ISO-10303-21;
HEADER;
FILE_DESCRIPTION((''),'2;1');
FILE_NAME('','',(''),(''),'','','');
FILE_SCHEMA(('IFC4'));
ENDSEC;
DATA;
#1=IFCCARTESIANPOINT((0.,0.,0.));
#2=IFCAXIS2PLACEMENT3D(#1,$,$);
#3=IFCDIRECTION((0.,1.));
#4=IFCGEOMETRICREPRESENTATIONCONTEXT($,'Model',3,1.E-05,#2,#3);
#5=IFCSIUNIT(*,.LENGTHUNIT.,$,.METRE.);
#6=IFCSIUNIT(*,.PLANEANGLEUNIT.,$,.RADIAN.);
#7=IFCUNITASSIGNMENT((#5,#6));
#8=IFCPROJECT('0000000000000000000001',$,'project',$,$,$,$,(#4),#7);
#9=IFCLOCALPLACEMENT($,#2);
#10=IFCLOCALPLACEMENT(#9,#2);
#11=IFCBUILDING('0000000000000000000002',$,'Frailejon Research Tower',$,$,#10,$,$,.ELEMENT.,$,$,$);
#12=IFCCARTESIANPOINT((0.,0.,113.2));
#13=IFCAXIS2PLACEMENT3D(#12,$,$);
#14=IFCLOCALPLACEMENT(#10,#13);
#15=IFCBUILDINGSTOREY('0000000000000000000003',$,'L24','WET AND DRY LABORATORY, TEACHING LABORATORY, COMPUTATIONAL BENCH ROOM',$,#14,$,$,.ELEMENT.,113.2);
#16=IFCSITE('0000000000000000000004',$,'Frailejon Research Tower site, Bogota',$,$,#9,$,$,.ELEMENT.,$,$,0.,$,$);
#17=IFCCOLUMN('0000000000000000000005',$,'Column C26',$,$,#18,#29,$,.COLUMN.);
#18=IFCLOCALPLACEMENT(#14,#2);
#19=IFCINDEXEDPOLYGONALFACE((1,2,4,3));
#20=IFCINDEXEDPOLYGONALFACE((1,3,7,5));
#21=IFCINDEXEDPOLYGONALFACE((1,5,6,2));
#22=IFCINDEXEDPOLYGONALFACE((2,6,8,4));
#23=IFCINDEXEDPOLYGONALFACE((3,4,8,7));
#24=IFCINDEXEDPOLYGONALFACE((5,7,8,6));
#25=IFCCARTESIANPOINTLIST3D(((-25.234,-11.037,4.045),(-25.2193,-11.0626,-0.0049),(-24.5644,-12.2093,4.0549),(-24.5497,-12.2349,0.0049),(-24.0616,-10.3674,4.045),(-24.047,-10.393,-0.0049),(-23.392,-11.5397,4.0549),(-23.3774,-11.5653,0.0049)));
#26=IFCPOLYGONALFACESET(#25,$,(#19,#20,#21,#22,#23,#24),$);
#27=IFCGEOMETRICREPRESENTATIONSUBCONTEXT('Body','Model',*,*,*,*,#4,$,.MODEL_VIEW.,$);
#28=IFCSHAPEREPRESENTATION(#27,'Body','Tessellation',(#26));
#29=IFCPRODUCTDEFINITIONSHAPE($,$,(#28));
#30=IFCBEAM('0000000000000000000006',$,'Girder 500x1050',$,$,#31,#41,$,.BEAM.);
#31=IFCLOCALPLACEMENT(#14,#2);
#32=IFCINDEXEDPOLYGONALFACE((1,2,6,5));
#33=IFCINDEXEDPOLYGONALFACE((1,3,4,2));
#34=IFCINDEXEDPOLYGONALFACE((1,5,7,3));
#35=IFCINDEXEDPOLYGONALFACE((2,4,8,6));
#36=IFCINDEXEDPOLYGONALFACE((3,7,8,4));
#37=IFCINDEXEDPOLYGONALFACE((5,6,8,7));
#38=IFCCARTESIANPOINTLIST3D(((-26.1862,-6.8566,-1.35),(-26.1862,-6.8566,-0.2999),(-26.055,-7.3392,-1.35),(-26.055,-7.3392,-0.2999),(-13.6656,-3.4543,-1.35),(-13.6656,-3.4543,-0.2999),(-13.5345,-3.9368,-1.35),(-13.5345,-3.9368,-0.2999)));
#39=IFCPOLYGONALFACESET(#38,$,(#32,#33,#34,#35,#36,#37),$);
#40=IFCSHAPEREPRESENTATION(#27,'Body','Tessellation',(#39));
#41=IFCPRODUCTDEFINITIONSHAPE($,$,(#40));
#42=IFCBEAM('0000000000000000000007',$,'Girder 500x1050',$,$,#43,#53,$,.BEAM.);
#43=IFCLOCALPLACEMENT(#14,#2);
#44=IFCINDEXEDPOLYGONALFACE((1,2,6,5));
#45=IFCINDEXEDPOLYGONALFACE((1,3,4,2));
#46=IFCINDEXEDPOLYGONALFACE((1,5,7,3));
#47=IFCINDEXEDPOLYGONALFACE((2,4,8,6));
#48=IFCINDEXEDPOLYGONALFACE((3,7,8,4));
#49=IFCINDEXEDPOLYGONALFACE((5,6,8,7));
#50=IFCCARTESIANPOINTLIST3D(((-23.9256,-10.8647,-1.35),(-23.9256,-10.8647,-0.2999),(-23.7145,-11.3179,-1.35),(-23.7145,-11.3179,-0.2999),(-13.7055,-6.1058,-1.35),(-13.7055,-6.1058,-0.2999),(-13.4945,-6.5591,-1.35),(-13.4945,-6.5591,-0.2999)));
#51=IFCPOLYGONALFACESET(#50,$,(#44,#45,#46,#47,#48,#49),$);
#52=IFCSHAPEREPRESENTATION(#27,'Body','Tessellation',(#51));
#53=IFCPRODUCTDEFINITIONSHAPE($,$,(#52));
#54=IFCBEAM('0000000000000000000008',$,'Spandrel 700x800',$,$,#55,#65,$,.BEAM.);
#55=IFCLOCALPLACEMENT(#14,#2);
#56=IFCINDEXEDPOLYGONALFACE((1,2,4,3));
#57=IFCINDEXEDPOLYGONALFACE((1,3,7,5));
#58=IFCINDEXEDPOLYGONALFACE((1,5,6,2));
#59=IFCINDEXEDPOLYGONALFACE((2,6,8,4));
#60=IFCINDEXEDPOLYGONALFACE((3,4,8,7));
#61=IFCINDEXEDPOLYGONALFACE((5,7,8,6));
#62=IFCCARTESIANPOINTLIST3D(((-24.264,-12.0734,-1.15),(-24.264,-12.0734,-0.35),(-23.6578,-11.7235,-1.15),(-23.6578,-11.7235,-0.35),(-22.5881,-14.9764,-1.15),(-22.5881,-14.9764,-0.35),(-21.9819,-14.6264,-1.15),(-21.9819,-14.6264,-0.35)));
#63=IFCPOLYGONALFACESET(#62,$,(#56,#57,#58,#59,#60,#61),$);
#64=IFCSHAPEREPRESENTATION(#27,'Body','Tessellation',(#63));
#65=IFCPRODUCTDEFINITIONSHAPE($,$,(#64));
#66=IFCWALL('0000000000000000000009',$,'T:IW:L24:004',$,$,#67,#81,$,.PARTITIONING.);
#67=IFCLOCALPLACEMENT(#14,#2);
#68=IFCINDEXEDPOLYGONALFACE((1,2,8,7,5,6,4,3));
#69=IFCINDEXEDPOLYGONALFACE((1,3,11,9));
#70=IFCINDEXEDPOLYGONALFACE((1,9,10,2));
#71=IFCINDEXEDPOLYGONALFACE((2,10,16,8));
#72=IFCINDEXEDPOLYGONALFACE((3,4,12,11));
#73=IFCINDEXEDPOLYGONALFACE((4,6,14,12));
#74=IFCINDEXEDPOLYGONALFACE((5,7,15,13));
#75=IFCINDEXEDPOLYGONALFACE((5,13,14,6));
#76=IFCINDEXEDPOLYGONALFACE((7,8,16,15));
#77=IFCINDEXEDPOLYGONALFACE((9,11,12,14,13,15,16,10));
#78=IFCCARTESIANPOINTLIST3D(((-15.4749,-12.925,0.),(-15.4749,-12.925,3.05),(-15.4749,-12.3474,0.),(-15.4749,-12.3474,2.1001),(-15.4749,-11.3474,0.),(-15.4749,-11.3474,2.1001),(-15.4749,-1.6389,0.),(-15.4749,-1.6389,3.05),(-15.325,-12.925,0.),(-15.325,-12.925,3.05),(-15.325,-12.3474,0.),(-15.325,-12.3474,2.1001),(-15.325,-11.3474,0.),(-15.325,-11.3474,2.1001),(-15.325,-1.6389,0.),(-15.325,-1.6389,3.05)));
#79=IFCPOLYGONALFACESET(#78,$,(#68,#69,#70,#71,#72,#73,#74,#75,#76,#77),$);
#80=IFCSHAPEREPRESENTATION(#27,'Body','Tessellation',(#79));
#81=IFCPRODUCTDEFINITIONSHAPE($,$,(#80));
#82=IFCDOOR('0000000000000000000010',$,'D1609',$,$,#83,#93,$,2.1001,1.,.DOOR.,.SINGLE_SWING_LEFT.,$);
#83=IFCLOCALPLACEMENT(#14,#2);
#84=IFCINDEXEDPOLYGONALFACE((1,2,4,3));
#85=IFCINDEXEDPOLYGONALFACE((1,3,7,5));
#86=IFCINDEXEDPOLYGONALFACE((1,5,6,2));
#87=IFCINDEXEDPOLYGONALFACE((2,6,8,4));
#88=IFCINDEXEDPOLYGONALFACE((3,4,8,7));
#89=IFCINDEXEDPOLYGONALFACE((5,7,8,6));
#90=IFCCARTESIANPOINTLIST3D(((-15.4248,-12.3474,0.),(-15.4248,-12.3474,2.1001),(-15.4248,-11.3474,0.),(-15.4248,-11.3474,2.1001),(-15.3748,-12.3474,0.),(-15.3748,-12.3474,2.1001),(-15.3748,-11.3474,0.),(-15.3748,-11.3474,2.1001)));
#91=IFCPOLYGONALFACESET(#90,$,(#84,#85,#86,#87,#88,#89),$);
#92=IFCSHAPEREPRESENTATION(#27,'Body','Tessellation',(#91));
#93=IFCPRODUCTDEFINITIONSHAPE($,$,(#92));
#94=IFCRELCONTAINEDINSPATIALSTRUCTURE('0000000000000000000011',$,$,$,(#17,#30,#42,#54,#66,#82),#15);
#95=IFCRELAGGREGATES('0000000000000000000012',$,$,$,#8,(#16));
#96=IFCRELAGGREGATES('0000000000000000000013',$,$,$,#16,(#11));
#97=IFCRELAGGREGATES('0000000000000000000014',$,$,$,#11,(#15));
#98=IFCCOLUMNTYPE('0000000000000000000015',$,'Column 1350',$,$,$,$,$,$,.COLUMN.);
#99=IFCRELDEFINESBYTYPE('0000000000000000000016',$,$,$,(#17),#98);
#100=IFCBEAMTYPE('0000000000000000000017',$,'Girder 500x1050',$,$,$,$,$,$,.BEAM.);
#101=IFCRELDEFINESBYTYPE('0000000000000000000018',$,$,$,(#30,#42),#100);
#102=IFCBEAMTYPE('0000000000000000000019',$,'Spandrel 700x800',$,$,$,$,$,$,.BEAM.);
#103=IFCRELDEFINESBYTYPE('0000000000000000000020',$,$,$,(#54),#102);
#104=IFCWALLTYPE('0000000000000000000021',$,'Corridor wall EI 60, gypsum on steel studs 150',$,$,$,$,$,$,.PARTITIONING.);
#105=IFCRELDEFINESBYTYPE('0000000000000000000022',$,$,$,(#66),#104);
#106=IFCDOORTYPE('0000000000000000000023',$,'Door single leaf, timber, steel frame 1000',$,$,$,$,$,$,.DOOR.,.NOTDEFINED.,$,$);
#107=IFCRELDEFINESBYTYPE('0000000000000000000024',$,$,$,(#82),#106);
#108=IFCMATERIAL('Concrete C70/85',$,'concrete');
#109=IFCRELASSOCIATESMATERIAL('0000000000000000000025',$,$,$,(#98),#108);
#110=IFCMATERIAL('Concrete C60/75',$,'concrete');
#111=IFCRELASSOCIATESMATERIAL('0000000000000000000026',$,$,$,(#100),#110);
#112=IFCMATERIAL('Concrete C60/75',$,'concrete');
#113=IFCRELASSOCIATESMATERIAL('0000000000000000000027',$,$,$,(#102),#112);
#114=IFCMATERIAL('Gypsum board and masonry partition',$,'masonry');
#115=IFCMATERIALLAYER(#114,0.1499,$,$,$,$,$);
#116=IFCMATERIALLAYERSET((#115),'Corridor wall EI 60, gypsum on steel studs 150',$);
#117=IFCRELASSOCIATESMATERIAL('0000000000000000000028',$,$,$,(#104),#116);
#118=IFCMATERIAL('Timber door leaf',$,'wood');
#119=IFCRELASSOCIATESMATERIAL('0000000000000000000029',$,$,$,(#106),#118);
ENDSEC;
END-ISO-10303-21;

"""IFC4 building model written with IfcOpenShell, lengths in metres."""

from ifc_helpers import new_model, si_unit, direction, frame, frame_2d, origin, origin_2d, place, context, subcontext, project, spatial, rectangle, extrude, material, layer, layer_set, material_profile, profile_set, type_object, element, fill, save


model = new_model("IFC4")

# Units and contexts
model_context = context("Model", 3, precision=1e-05, world=origin(), true_north=direction((0.0, 1.0)))
body_context = subcontext(model_context, "Body", "Model", "MODEL_VIEW")
ifc_project = project(units=[si_unit("LENGTHUNIT", "METRE"), si_unit("PLANEANGLEUNIT", "RADIAN")], contexts=[model_context])

# Site, building, storey
site_placement = place(None, origin())
site = spatial("IfcSite", under=ifc_project, at=site_placement, Name="Frailejon Research Tower site, Bogota", CompositionType="ELEMENT", RefElevation=0.0)
building_placement = place(site_placement, origin())
building = spatial("IfcBuilding", under=site, at=building_placement, Name="Frailejon Research Tower", CompositionType="ELEMENT")
storey_placement = place(building_placement, frame((0.0, 0.0, 113.2)))
storey = spatial("IfcBuildingStorey", under=building, at=storey_placement, Name="L24", Description="WET AND DRY LABORATORY, TEACHING LABORATORY, COMPUTATIONAL BENCH ROOM", CompositionType="ELEMENT", Elevation=113.2)

# Column
ifc_material_1 = material(Name="Concrete C70/85", Category="concrete")
ifc_material_profile_1 = material_profile(ifc_material_1, rectangle(XDim=1.3501, YDim=1.3501, at=origin_2d()), Name="Column 1350")
ifc_profile_set_1 = profile_set([ifc_material_profile_1], Name="Concrete C70/85")
column_type = type_object("IfcColumnType", Name="Column 1350", PredefinedType="COLUMN", material=ifc_profile_set_1)
column_placement = place(storey_placement, frame((-24.2983, -11.314, 0.0), z_axis=(-0.003617, 0.006329, 0.999973), x_axis=(0.495951, -0.86832, 0.00729)))
element("IfcColumn", 1, at=column_placement, inside=storey, type_object=column_type, Name="Column C26", PredefinedType="COLUMN", context=body_context, shape_type="SweptSolid", body=[
    extrude(rectangle(XDim=1.3501, YDim=1.3501, at=origin_2d()), origin(), (0.0, 0.0, 1.0), 4.05),
])

# Beams
ifc_material_2 = material(Name="Concrete C60/75", Category="concrete")
ifc_material_profile_2 = material_profile(ifc_material_2, rectangle(XDim=0.5, YDim=1.05, at=origin_2d()), Name="Girder 500x1050")
ifc_profile_set_2 = profile_set([ifc_material_profile_2], Name="Concrete C60/75")
beam_type_1 = type_object("IfcBeamType", Name="Girder 500x1050", PredefinedType="BEAM", material=ifc_profile_set_2)
beam_1_placement = place(storey_placement, frame((-26.1206, -7.0979, -0.825), z_axis=(0.965005, 0.262232, 0.0), x_axis=(-0.262232, 0.965005, 0.0)))
element("IfcBeam", 2, at=beam_1_placement, inside=storey, type_object=beam_type_1, Name="Girder 500x1050", PredefinedType="BEAM", context=body_context, shape_type="SweptSolid", body=[
    extrude(rectangle(XDim=0.5, YDim=1.05, at=origin_2d()), origin(), (0.0, 0.0, 1.0), 12.9746),
])
beam_2_placement = place(storey_placement, frame((-23.8201, -11.0913, -0.825), z_axis=(0.906541, 0.422118, 0.0), x_axis=(-0.422118, 0.906541, 0.0)))
element("IfcBeam", 3, at=beam_2_placement, inside=storey, type_object=beam_type_1, Name="Girder 500x1050", PredefinedType="BEAM", context=body_context, shape_type="SweptSolid", body=[
    extrude(rectangle(XDim=0.5, YDim=1.05, at=origin_2d()), origin(), (0.0, 0.0, 1.0), 11.2737),
])
ifc_material_3 = material(Name="Concrete C60/75", Category="concrete")
ifc_material_profile_3 = material_profile(ifc_material_3, rectangle(XDim=0.7, YDim=0.8, at=origin_2d()), Name="Spandrel 700x800")
ifc_profile_set_3 = profile_set([ifc_material_profile_3], Name="Concrete C60/75")
beam_type_2 = type_object("IfcBeamType", Name="Spandrel 700x800", PredefinedType="BEAM", material=ifc_profile_set_3)
beam_3_placement = place(storey_placement, frame((-23.9609, -11.8984, -0.75), z_axis=(0.499985, -0.866034, 0.0), x_axis=(0.866034, 0.499985, 0.0)))
element("IfcBeam", 4, at=beam_3_placement, inside=storey, type_object=beam_type_2, Name="Spandrel 700x800", PredefinedType="BEAM", context=body_context, shape_type="SweptSolid", body=[
    extrude(rectangle(XDim=0.7, YDim=0.8, at=origin_2d()), origin(), (0.0, 0.0, 1.0), 3.3521),
])

# Wall, opening, door
ifc_material_4 = material(Name="Gypsum board and masonry partition", Category="masonry")
ifc_layer_1 = layer(ifc_material_4, 0.1499)
ifc_layer_set_1 = layer_set([ifc_layer_1], Name="Corridor wall EI 60, gypsum on steel studs 150")
wall_type_1 = type_object("IfcWallType", Name="Corridor wall EI 60, gypsum on steel studs 150", PredefinedType="PARTITIONING", material=ifc_layer_set_1)
wall_1_placement = place(storey_placement, frame((-15.3999, -12.925, 0.0), z_axis=(0.0, 0.0, 1.0), x_axis=(0.0, 1.0, 0.0)))
wall_1 = element("IfcWall", 5, at=wall_1_placement, inside=storey, type_object=wall_type_1, Name="T:IW:L24:004", PredefinedType="PARTITIONING", context=body_context, shape_type="SweptSolid", body=[
    extrude(rectangle(XDim=11.2861, YDim=0.1499, at=frame_2d((5.6431, 0.0))), origin(), (0.0, 0.0, 1.0), 3.05),
])
opening_1_placement = place(wall_1_placement, frame((0.5776, 0.0, 0.0)))
opening_1 = element("IfcOpeningElement", 6, at=opening_1_placement, cuts=wall_1, PredefinedType="OPENING", context=body_context, shape_type="SweptSolid", body=[
    extrude(rectangle(XDim=1.0, YDim=2.1001, at=frame_2d((0.5, 1.05))), frame((0.0, 0.085, 0.0), z_axis=(0.0, -1.0, 0.0), x_axis=(1.0, 0.0, 0.0)), (0.0, 0.0, 1.0), 0.1699),
])
ifc_material_5 = material(Name="Timber door leaf", Category="wood")
door_type_1 = type_object("IfcDoorType", Name="Door single leaf, timber, steel frame 1000", OperationType="NOTDEFINED", PredefinedType="DOOR", material=ifc_material_5)
door_1_placement = place(opening_1_placement, origin())
door_1 = element("IfcDoor", 7, at=door_1_placement, inside=storey, type_object=door_type_1, Name="D1609", OperationType="SINGLE_SWING_LEFT", OverallHeight=2.1001, OverallWidth=1.0, PredefinedType="DOOR", context=body_context, shape_type="SweptSolid", body=[
    extrude(rectangle(XDim=1.0, YDim=2.1001, at=frame_2d((0.5, 1.05))), frame((0.0, 0.0249, 0.0), z_axis=(0.0, -1.0, 0.0), x_axis=(1.0, 0.0, 0.0)), (0.0, 0.0, 1.0), 0.05),
])
fill(opening_1, door_1)

save(model, "model.ifc")
